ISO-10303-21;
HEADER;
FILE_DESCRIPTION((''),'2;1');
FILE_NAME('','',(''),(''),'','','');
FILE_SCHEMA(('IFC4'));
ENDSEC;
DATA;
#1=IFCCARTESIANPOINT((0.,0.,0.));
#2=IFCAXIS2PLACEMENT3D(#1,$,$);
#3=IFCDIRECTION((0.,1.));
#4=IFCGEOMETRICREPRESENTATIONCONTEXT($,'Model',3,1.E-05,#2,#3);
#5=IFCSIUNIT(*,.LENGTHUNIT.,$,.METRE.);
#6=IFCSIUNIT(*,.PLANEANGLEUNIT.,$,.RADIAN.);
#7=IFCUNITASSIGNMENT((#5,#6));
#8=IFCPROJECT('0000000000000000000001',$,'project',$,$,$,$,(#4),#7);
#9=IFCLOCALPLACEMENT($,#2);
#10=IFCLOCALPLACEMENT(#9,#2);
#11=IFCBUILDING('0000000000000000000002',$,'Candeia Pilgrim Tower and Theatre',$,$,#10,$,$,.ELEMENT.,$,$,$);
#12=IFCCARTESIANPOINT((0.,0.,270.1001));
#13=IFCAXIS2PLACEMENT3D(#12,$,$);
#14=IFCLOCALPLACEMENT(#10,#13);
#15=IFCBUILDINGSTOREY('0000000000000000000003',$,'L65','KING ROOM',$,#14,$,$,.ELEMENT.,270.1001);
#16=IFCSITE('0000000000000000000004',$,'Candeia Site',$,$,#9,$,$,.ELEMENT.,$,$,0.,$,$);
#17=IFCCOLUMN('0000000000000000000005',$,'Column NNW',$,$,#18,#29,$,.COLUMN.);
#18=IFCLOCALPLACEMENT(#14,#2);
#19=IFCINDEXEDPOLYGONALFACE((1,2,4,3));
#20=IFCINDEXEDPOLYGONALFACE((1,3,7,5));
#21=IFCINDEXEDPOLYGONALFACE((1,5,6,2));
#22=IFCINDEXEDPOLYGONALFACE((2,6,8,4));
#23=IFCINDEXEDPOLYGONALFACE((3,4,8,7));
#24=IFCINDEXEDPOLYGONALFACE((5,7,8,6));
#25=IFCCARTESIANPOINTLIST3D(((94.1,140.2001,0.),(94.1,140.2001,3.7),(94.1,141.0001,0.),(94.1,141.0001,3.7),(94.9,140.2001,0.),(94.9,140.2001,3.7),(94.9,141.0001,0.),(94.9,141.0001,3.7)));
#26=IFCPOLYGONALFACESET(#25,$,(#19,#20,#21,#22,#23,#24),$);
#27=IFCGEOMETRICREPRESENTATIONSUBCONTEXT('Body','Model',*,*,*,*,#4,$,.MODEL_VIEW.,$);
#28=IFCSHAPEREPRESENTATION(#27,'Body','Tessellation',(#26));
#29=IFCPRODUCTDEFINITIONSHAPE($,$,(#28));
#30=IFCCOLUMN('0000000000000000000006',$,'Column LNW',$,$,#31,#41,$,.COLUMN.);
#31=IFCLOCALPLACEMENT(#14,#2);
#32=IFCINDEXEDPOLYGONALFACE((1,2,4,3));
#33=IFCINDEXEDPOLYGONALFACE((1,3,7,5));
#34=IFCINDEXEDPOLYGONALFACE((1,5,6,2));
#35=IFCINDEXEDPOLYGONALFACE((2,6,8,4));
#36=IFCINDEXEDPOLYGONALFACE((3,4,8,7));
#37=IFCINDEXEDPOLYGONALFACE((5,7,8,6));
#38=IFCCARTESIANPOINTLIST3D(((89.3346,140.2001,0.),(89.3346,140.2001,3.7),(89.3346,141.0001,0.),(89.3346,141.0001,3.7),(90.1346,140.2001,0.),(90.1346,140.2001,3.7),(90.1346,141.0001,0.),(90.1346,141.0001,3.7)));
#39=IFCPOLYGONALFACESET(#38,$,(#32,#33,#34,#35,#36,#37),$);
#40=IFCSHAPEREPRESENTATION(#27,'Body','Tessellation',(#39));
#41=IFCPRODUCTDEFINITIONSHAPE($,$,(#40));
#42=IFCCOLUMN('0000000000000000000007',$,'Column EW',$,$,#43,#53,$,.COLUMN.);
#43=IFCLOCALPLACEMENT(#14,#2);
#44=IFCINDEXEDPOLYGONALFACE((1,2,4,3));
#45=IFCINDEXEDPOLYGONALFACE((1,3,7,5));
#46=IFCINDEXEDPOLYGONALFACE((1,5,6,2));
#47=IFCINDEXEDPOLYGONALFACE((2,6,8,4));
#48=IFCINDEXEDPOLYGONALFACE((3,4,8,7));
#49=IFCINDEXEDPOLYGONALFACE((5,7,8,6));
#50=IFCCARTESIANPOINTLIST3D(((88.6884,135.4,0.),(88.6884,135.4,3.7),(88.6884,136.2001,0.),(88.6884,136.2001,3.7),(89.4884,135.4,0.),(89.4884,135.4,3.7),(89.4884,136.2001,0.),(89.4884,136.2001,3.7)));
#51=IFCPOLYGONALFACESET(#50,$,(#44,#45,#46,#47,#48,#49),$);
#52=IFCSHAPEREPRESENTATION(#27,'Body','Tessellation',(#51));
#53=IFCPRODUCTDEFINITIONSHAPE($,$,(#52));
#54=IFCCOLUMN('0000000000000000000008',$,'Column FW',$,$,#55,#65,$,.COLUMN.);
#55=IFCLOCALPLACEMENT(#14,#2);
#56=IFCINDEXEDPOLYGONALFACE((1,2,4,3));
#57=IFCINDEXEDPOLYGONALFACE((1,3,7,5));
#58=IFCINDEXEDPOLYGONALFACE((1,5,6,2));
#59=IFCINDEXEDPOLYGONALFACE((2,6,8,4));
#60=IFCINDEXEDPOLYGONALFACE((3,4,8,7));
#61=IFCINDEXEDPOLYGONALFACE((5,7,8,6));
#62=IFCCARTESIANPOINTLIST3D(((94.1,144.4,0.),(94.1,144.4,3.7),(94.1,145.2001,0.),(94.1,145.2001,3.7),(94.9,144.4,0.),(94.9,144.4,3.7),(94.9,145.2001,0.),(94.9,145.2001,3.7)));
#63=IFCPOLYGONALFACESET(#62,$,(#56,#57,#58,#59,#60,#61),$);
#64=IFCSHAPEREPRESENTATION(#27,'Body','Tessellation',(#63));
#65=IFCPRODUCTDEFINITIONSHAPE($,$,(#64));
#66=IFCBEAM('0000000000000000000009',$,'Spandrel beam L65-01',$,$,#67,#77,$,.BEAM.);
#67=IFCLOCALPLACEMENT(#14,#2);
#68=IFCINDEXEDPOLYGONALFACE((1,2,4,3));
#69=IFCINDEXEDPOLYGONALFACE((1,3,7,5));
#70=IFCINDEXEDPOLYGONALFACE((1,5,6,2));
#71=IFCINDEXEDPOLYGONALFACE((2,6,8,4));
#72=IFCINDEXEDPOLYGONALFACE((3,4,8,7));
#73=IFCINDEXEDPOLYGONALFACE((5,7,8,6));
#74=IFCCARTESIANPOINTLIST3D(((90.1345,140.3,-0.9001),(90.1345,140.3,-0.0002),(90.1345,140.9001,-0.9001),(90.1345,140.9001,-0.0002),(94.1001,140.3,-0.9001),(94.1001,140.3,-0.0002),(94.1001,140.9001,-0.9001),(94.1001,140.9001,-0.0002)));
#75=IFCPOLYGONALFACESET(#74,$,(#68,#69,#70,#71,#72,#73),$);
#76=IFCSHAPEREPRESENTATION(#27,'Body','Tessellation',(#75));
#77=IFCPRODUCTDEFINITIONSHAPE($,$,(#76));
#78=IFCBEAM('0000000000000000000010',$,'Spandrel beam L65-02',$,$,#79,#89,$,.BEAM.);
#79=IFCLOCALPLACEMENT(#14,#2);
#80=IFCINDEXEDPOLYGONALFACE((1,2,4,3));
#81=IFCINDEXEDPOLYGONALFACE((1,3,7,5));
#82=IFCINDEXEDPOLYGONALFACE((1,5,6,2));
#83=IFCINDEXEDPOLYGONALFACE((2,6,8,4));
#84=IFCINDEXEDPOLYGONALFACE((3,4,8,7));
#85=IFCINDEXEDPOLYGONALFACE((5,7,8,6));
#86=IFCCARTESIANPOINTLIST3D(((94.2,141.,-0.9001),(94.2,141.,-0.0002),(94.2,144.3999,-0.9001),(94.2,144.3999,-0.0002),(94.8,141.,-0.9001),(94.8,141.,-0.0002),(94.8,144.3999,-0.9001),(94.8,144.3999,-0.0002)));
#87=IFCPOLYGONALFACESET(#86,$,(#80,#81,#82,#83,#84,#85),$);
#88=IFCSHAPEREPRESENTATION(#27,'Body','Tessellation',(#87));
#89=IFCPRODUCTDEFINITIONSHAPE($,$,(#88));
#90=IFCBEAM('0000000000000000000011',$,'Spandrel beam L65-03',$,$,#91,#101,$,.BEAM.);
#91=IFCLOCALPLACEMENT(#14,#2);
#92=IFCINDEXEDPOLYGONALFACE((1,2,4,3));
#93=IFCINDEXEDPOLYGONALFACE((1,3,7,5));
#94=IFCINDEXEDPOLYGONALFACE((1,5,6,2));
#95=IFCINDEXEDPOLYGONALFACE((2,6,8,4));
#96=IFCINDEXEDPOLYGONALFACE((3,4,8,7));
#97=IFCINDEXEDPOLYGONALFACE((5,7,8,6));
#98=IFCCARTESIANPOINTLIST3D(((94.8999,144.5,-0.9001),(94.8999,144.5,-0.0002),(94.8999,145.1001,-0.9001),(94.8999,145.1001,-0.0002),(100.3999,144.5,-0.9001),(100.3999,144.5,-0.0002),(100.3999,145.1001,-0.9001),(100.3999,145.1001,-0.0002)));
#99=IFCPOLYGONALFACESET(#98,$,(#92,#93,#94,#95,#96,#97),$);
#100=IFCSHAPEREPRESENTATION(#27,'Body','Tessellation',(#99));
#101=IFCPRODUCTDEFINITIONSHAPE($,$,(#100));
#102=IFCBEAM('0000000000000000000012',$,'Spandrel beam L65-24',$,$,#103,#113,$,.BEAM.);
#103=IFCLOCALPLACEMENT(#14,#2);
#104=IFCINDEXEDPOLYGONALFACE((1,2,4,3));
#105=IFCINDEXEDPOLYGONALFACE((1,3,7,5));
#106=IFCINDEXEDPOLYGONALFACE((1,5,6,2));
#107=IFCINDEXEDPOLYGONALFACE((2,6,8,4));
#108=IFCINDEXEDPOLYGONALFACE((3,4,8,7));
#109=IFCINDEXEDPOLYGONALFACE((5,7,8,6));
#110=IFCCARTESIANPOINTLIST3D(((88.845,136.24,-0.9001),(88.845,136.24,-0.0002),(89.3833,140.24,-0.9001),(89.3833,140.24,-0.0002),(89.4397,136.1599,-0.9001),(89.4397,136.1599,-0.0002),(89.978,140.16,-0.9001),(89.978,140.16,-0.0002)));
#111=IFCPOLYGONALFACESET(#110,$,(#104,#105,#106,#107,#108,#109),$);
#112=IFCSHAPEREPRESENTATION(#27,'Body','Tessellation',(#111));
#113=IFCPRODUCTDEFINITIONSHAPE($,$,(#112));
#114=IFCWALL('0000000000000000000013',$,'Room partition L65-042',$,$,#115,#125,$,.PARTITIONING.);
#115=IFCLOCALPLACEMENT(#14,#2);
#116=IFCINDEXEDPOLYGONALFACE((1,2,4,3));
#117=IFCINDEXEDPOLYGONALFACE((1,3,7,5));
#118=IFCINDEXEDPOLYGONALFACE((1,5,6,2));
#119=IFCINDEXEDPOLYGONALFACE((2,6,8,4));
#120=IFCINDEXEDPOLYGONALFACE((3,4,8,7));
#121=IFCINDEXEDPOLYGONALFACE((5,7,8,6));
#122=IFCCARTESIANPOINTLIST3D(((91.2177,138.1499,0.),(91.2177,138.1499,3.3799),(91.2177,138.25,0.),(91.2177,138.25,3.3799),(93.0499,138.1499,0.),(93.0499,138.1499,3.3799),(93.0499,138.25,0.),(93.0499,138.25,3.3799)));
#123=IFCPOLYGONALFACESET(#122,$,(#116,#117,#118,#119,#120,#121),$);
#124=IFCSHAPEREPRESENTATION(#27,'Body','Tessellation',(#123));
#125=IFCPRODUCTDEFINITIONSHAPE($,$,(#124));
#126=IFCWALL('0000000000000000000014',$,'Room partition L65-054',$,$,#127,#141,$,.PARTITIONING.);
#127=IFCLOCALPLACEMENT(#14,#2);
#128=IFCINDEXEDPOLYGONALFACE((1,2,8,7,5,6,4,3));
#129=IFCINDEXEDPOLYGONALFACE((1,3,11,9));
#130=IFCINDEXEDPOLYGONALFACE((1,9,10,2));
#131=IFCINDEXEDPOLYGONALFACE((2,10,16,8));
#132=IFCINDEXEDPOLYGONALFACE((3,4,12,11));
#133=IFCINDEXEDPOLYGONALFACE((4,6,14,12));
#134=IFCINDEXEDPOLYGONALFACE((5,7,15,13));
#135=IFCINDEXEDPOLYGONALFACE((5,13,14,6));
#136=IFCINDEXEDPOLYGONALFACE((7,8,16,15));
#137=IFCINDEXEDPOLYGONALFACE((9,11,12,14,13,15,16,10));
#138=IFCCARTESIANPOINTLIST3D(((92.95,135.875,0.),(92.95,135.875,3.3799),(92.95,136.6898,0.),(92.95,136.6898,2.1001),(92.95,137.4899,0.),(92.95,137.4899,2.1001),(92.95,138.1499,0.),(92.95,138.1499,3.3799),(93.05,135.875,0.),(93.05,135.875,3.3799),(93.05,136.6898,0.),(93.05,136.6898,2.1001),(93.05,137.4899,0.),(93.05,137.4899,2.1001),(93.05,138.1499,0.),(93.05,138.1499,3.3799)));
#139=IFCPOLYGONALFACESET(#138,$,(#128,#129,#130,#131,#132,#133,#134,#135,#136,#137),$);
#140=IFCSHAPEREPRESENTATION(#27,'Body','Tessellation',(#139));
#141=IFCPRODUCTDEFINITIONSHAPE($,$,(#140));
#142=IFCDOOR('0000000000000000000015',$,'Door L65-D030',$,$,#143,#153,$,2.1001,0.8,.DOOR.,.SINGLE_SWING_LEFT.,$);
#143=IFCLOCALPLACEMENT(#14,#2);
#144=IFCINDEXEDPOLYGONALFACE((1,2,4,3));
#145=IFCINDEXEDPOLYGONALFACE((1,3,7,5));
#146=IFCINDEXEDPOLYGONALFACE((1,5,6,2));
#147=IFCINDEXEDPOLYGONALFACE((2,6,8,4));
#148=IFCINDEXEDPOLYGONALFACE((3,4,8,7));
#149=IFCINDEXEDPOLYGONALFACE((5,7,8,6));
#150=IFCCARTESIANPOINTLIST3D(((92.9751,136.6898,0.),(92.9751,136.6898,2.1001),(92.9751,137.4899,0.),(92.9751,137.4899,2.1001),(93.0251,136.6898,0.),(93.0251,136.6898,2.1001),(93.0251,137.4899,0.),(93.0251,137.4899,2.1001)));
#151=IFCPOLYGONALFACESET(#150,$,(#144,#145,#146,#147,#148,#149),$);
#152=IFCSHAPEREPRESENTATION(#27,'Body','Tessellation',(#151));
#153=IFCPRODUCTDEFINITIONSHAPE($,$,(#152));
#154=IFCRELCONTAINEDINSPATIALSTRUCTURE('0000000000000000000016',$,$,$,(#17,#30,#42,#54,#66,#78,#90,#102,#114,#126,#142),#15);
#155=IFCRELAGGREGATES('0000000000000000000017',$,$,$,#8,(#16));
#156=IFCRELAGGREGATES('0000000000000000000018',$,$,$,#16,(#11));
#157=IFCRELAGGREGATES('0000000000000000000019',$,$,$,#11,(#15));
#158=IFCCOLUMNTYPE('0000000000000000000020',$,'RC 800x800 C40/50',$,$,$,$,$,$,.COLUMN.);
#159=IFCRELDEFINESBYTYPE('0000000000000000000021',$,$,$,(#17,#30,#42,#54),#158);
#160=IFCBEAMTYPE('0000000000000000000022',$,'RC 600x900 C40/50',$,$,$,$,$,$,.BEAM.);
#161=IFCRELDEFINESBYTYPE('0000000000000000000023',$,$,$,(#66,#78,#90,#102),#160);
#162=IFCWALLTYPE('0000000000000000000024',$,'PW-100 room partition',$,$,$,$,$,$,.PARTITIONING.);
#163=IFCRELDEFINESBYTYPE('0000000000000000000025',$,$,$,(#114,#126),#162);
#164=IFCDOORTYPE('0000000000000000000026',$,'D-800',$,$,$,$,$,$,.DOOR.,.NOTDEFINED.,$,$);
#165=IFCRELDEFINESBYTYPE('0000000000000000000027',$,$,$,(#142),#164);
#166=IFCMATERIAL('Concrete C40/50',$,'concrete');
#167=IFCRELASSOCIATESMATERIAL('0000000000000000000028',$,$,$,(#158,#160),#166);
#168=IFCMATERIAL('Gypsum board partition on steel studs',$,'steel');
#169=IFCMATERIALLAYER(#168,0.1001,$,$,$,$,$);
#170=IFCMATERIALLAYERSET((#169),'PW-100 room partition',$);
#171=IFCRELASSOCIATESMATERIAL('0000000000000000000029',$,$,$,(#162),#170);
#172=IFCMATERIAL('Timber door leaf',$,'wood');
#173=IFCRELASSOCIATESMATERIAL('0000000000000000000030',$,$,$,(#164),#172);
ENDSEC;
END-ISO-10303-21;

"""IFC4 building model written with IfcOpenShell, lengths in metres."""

from ifc_helpers import new_model, si_unit, direction, frame, frame_2d, origin, origin_2d, place, context, subcontext, project, spatial, rectangle, extrude, material, layer, layer_set, material_profile, profile_set, type_object, element, fill, save


model = new_model("IFC4")

# Units and contexts
model_context = context("Model", 3, precision=1e-05, world=origin(), true_north=direction((0.0, 1.0)))
body_context = subcontext(model_context, "Body", "Model", "MODEL_VIEW")
ifc_project = project(units=[si_unit("LENGTHUNIT", "METRE"), si_unit("PLANEANGLEUNIT", "RADIAN")], contexts=[model_context])

# Site, building, storey
site_placement = place(None, origin())
site = spatial("IfcSite", under=ifc_project, at=site_placement, Name="Candeia Site", CompositionType="ELEMENT", RefElevation=0.0)
building_placement = place(site_placement, origin())
building = spatial("IfcBuilding", under=site, at=building_placement, Name="Candeia Pilgrim Tower and Theatre", CompositionType="ELEMENT")
storey_placement = place(building_placement, frame((0.0, 0.0, 270.1001)))
storey = spatial("IfcBuildingStorey", under=building, at=storey_placement, Name="L65", Description="KING ROOM", CompositionType="ELEMENT", Elevation=270.1001)

# Columns
ifc_material_1 = material(Name="Concrete C40/50", Category="concrete")
ifc_material_profile_1 = material_profile(ifc_material_1, rectangle(XDim=0.8, YDim=0.8, at=origin_2d()))
ifc_profile_set_1 = profile_set([ifc_material_profile_1], Name="Concrete C40/50")
column_type = type_object("IfcColumnType", Name="RC 800x800 C40/50", PredefinedType="COLUMN", material=ifc_profile_set_1)
for number, where, z_axis, x_axis, name in (
    (1, (94.5, 140.6001, 0.0), (0.0, 0.0, 1.0), (1.0, 0.0, 0.0), "Column NNW"),
    (2, (89.7346, 140.6001, 0.0), (0.0, 0.0, 1.0), (1.0, 0.0, 0.0), "Column LNW"),
    (3, (89.0884, 135.8, 0.0), (0.0, 0.0, 1.0), (1.0, 0.0, 0.0), "Column EW"),
    (4, (94.5, 144.8, 0.0), (0.0, 0.0, 1.0), (1.0, 0.0, 0.0), "Column FW"),
):
    element("IfcColumn", number, at=place(storey_placement, frame(where, z_axis=z_axis, x_axis=x_axis)), inside=storey, type_object=column_type, Name=name, PredefinedType="COLUMN", context=body_context, shape_type="SweptSolid", body=[
        extrude(rectangle(XDim=0.8, YDim=0.8, at=origin_2d()), origin(), (0.0, 0.0, 1.0), 3.7),
    ])

# Beams
ifc_material_profile_2 = material_profile(ifc_material_1, rectangle(XDim=0.6001, YDim=0.8999, at=origin_2d()))
ifc_profile_set_2 = profile_set([ifc_material_profile_2], Name="Concrete C40/50")
beam_type = type_object("IfcBeamType", Name="RC 600x900 C40/50", PredefinedType="BEAM", material=ifc_profile_set_2)
beam_1_placement = place(storey_placement, frame((90.1345, 140.6001, -0.4502), z_axis=(1.0, 0.0, 0.0), x_axis=(0.0, 1.0, 0.0)))
element("IfcBeam", 5, at=beam_1_placement, inside=storey, type_object=beam_type, Name="Spandrel beam L65-01", PredefinedType="BEAM", context=body_context, shape_type="SweptSolid", body=[
    extrude(rectangle(XDim=0.6001, YDim=0.8999, at=origin_2d()), origin(), (0.0, 0.0, 1.0), 3.9656),
])
beam_2_placement = place(storey_placement, frame((94.5, 141.0, -0.4502), z_axis=(0.0, 1.0, 0.0), x_axis=(-1.0, 0.0, 0.0)))
element("IfcBeam", 6, at=beam_2_placement, inside=storey, type_object=beam_type, Name="Spandrel beam L65-02", PredefinedType="BEAM", context=body_context, shape_type="SweptSolid", body=[
    extrude(rectangle(XDim=0.6001, YDim=0.8999, at=origin_2d()), origin(), (0.0, 0.0, 1.0), 3.3999),
])
beam_3_placement = place(storey_placement, frame((94.8999, 144.8, -0.4502), z_axis=(1.0, 0.0, 0.0), x_axis=(0.0, 1.0, 0.0)))
element("IfcBeam", 7, at=beam_3_placement, inside=storey, type_object=beam_type, Name="Spandrel beam L65-03", PredefinedType="BEAM", context=body_context, shape_type="SweptSolid", body=[
    extrude(rectangle(XDim=0.6001, YDim=0.8999, at=origin_2d()), origin(), (0.0, 0.0, 1.0), 5.5),
])
beam_4_placement = place(storey_placement, frame((89.1423, 136.2, -0.4502), z_axis=(0.13338, 0.991065, 0.0), x_axis=(-0.991065, 0.13338, 0.0)))
element("IfcBeam", 8, at=beam_4_placement, inside=storey, type_object=beam_type, Name="Spandrel beam L65-24", PredefinedType="BEAM", context=body_context, shape_type="SweptSolid", body=[
    extrude(rectangle(XDim=0.6001, YDim=0.8999, at=origin_2d()), origin(), (0.0, 0.0, 1.0), 4.0361),
])

# Wall
ifc_material_2 = material(Name="Gypsum board partition on steel studs", Category="steel")
ifc_layer_1 = layer(ifc_material_2, 0.1001)
ifc_layer_set_1 = layer_set([ifc_layer_1], Name="PW-100 room partition")
wall_type_1 = type_object("IfcWallType", Name="PW-100 room partition", PredefinedType="PARTITIONING", material=ifc_layer_set_1)
wall_1_placement = place(storey_placement, frame((91.2178, 138.2, 0.0), z_axis=(0.0, 0.0, 1.0), x_axis=(1.0, 0.0, 0.0)))
element("IfcWall", 9, at=wall_1_placement, inside=storey, type_object=wall_type_1, Name="Room partition L65-042", PredefinedType="PARTITIONING", context=body_context, shape_type="SweptSolid", body=[
    extrude(rectangle(XDim=1.8323, YDim=0.1001, at=frame_2d((0.916, 0.0))), origin(), (0.0, 0.0, 1.0), 3.3799),
])

# Wall, opening, door
wall_2_placement = place(storey_placement, frame((93.0, 135.875, 0.0), z_axis=(0.0, 0.0, 1.0), x_axis=(0.0, 1.0, 0.0)))
wall_2 = element("IfcWall", 10, at=wall_2_placement, inside=storey, type_object=wall_type_1, Name="Room partition L65-054", PredefinedType="PARTITIONING", context=body_context, shape_type="SweptSolid", body=[
    extrude(rectangle(XDim=2.2749, YDim=0.1001, at=frame_2d((1.1375, 0.0))), origin(), (0.0, 0.0, 1.0), 3.3799),
])
opening_1_placement = place(wall_2_placement, frame((0.8149, 0.0, 0.0)))
opening_1 = element("IfcOpeningElement", 11, at=opening_1_placement, cuts=wall_2, PredefinedType="OPENING", context=body_context, shape_type="SweptSolid", body=[
    extrude(rectangle(XDim=0.8, YDim=2.1001, at=frame_2d((0.3999, 1.05))), frame((0.0, 0.0601, 0.0), z_axis=(0.0, -1.0, 0.0), x_axis=(1.0, 0.0, 0.0)), (0.0, 0.0, 1.0), 0.1201),
])
ifc_material_3 = material(Name="Timber door leaf", Category="wood")
door_type_1 = type_object("IfcDoorType", Name="D-800", OperationType="NOTDEFINED", PredefinedType="DOOR", material=ifc_material_3)
door_1_placement = place(opening_1_placement, origin())
door_1 = element("IfcDoor", 12, at=door_1_placement, inside=storey, type_object=door_type_1, Name="Door L65-D030", OperationType="SINGLE_SWING_LEFT", OverallHeight=2.1001, OverallWidth=0.8, PredefinedType="DOOR", context=body_context, shape_type="SweptSolid", body=[
    extrude(rectangle(XDim=0.8, YDim=2.1001, at=frame_2d((0.3999, 1.05))), frame((0.0, 0.0249, 0.0), z_axis=(0.0, -1.0, 0.0), x_axis=(1.0, 0.0, 0.0)), (0.0, 0.0, 1.0), 0.05),
])
fill(opening_1, door_1)

save(model, "model.ifc")
